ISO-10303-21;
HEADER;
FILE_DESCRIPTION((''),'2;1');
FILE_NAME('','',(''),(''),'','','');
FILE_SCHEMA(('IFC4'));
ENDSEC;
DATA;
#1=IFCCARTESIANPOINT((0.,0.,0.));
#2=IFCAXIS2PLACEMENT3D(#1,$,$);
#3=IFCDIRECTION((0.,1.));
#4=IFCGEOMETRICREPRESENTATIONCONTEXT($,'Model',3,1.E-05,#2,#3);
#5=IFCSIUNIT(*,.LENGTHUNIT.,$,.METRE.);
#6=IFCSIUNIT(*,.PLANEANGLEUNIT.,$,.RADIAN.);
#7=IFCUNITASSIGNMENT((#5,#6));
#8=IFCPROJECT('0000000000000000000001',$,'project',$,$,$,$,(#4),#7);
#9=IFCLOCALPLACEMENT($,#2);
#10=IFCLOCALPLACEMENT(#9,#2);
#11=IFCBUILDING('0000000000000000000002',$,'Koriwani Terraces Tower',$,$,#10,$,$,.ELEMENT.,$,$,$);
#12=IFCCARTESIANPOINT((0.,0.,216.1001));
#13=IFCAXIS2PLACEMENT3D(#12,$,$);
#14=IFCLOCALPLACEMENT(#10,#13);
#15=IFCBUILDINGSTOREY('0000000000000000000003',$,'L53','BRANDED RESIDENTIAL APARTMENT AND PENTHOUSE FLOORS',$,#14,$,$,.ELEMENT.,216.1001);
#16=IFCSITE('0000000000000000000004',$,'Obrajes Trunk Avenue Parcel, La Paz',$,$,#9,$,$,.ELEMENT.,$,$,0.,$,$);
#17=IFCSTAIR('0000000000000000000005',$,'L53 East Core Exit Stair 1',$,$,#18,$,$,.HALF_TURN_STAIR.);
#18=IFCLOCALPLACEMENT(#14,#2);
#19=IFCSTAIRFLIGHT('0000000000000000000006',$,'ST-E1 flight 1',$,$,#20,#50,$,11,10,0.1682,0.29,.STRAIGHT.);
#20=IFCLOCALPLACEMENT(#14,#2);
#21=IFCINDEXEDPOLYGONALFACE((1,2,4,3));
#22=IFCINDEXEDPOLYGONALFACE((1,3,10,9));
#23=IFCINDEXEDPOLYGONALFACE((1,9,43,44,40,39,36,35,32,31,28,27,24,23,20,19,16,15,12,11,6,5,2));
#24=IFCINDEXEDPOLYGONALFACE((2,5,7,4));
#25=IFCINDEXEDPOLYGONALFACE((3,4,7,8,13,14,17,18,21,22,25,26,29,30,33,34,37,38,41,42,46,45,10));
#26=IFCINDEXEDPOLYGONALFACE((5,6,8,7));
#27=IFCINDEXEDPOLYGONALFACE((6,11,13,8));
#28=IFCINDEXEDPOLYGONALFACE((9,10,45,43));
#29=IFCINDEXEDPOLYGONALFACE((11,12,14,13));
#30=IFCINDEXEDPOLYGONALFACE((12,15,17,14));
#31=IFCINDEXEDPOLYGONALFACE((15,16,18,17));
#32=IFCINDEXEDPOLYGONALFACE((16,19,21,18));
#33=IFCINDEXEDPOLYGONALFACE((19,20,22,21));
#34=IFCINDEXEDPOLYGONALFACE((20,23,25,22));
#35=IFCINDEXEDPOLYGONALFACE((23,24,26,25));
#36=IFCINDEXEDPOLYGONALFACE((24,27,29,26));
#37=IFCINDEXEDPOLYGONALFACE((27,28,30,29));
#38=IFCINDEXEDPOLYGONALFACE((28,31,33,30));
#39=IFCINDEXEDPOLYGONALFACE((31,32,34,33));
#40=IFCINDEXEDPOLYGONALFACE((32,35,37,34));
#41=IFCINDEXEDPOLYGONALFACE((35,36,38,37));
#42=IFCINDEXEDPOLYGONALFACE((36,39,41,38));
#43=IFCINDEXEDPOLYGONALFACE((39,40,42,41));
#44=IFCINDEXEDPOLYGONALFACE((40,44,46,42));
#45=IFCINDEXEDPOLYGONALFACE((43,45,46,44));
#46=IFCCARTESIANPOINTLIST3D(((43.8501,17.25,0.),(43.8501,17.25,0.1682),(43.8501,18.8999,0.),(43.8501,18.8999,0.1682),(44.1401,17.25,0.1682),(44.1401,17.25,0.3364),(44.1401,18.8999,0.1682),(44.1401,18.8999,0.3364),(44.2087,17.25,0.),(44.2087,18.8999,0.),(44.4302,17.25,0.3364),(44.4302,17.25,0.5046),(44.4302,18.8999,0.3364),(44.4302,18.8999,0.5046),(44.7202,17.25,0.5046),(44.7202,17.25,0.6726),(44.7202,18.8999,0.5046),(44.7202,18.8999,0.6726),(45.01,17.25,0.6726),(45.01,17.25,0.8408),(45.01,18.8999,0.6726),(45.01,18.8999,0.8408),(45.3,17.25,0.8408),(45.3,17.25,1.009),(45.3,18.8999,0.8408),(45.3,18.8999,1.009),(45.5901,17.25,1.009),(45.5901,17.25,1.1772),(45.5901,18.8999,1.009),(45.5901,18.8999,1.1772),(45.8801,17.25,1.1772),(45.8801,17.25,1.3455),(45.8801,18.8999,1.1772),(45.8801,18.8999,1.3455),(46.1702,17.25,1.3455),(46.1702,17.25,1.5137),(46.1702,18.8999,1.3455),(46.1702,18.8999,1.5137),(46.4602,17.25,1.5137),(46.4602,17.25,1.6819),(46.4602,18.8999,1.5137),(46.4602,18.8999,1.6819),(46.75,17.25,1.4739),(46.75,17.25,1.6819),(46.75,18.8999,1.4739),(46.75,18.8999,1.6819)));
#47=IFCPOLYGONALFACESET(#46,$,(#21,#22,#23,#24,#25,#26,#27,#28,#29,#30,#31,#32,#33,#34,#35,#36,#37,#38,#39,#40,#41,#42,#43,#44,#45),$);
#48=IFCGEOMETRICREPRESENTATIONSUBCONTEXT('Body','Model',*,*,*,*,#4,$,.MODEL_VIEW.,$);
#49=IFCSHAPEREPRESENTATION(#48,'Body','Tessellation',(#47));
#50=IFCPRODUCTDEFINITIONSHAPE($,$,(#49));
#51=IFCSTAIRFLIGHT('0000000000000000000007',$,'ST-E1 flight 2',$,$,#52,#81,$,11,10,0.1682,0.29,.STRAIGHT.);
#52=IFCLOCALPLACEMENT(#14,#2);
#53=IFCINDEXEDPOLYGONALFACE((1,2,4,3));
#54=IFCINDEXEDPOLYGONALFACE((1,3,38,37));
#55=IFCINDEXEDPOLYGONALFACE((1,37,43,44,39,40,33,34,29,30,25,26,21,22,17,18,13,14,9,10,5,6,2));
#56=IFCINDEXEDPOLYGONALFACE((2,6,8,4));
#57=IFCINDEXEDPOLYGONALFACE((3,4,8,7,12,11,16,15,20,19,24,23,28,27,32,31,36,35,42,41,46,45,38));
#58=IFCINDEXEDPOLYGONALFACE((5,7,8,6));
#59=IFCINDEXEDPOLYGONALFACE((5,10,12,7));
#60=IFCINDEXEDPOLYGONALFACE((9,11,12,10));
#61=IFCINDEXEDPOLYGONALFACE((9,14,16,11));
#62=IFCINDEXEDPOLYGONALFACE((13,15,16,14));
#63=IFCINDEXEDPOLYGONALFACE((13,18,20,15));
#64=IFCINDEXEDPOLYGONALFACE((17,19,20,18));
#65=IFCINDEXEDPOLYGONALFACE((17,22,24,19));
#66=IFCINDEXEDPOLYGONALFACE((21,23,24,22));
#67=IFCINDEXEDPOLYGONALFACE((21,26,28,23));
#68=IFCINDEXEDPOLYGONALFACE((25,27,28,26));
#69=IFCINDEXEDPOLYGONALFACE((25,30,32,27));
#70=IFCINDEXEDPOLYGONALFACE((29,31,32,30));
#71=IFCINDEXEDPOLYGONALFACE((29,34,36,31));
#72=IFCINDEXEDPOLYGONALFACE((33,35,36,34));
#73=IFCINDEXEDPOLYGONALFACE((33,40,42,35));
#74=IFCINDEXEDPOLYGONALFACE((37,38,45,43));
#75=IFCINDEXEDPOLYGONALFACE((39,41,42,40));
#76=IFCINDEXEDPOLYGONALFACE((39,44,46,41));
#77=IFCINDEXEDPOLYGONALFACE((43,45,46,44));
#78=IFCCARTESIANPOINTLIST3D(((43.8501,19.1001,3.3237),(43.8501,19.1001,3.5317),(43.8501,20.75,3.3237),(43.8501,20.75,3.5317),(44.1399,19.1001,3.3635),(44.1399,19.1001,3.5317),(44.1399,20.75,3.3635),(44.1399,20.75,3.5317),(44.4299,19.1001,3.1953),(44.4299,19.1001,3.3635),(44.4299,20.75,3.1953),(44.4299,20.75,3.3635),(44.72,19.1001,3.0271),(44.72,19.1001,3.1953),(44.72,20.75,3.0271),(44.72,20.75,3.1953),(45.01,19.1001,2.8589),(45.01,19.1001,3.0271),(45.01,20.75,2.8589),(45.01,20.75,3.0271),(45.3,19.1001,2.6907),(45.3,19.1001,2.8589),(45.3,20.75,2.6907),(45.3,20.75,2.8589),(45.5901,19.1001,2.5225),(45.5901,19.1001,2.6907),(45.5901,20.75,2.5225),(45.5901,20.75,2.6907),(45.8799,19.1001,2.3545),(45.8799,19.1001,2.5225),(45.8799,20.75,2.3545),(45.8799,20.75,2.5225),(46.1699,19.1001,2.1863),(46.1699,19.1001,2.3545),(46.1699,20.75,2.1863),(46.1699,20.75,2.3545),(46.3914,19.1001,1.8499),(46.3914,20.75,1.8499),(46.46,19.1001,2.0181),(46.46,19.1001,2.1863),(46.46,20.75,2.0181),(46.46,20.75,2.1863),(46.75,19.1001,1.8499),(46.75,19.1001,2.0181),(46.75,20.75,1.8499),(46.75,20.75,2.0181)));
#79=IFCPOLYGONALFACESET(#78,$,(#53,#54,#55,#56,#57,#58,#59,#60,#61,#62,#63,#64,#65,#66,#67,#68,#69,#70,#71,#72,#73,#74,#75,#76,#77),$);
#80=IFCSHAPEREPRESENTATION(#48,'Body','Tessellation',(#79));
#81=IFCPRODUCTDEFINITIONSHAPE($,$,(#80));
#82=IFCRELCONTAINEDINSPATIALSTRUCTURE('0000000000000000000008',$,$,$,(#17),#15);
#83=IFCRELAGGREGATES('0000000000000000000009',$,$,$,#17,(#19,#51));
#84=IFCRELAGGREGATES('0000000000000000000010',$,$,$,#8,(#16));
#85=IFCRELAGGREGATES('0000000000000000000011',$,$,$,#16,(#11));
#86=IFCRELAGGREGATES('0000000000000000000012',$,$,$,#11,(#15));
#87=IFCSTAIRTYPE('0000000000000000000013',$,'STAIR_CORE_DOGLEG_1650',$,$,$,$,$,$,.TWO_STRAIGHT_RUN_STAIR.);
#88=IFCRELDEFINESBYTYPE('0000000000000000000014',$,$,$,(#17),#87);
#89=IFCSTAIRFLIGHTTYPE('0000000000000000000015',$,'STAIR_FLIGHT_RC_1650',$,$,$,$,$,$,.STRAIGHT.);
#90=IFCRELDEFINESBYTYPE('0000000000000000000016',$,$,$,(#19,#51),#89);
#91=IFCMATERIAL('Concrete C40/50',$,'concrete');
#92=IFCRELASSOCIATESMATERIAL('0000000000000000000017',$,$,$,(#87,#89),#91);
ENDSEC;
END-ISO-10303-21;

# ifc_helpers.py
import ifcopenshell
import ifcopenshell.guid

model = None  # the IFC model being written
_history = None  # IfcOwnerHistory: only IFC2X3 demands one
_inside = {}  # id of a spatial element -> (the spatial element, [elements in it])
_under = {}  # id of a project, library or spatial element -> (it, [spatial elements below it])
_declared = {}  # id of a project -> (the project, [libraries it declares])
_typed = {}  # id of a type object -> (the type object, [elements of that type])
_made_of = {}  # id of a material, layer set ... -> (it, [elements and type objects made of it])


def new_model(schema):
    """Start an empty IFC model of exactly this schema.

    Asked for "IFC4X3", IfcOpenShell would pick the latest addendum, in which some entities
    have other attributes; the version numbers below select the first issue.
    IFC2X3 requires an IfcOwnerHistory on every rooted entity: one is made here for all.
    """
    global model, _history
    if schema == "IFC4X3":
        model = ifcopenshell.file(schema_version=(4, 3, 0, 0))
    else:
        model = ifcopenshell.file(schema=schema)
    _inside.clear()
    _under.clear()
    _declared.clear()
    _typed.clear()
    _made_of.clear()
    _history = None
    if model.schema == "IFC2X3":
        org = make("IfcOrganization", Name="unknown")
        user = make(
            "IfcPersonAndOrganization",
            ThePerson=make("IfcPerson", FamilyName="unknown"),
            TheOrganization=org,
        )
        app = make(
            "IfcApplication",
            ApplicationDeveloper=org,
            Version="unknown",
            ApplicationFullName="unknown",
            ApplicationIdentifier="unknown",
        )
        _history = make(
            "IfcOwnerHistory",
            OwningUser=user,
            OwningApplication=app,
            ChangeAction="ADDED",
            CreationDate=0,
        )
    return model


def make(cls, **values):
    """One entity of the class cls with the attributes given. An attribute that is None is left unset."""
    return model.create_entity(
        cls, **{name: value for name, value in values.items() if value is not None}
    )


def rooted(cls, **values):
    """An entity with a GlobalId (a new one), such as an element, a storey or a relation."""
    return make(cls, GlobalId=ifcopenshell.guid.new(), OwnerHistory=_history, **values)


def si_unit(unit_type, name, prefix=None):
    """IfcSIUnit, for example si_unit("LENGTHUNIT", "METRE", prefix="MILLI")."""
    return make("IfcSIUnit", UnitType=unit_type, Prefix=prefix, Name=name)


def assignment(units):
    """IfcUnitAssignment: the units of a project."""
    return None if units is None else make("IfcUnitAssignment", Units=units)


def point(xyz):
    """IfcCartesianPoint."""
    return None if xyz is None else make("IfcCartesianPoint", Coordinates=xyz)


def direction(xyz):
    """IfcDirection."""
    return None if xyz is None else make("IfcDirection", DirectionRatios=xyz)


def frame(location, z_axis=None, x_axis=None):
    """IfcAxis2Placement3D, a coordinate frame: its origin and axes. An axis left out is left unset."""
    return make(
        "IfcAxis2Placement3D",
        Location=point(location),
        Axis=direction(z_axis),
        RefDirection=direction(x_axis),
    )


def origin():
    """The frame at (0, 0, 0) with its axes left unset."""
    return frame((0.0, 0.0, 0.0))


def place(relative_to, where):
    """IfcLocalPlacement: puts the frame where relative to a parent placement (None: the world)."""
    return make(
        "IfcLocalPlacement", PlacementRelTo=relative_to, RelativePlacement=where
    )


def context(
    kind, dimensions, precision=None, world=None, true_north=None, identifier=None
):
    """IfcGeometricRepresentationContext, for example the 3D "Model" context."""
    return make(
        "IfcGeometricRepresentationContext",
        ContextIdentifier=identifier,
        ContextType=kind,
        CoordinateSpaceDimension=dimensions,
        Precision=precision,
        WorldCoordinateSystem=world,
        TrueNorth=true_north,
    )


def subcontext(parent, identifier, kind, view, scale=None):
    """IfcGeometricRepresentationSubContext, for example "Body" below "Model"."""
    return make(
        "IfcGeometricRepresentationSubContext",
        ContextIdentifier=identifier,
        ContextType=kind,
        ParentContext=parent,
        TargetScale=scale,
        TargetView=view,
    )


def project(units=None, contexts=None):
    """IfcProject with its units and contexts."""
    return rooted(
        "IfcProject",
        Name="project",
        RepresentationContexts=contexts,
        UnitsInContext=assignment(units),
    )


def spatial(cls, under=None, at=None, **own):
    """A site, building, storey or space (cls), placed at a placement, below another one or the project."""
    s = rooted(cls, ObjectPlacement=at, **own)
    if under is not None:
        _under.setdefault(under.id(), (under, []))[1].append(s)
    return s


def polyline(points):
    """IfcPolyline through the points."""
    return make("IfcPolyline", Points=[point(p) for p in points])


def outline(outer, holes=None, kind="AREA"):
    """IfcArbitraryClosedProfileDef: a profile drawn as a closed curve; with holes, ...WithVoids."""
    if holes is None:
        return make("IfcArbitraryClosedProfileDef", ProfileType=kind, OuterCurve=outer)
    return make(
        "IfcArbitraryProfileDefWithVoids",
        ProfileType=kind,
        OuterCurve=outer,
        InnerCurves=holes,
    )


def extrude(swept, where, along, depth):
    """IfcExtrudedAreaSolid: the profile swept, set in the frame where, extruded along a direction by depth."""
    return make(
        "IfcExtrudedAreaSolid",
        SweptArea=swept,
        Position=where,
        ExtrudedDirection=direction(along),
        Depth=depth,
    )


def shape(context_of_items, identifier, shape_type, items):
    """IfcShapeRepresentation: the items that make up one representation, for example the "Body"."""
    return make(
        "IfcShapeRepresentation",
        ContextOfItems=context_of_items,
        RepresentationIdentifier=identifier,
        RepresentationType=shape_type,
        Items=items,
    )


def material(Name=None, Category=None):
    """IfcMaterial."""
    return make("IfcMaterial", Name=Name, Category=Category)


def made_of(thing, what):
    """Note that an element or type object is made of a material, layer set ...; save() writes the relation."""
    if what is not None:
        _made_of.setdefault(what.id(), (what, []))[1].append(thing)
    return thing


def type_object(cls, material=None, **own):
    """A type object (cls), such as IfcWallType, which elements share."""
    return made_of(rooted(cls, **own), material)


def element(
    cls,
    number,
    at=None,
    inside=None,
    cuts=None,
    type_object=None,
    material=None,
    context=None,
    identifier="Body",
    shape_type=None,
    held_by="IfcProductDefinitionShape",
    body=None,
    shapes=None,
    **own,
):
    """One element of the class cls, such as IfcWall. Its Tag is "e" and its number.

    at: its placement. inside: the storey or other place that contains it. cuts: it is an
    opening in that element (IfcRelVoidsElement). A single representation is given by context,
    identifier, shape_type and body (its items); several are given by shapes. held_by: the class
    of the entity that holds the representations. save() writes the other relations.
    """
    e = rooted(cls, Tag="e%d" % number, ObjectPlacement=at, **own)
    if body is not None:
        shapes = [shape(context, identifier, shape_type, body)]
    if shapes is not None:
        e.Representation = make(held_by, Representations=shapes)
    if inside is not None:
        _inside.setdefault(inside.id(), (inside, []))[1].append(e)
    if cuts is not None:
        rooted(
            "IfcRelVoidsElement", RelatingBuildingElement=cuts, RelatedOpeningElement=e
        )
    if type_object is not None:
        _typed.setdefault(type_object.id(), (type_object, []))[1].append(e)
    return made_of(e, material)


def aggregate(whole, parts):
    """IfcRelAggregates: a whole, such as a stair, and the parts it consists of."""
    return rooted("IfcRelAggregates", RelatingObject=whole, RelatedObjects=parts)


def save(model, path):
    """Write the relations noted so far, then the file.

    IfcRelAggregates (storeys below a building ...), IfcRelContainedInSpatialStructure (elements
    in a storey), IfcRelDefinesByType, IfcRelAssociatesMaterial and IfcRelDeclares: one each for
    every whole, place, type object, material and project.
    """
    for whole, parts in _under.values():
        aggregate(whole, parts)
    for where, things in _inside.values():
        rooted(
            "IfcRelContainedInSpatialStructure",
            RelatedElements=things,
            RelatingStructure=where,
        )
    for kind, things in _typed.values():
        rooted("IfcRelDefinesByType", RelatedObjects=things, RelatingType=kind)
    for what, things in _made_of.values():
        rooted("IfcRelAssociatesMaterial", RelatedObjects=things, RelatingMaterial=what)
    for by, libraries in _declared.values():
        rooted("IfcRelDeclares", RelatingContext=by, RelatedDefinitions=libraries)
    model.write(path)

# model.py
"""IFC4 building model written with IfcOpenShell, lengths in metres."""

from ifc_helpers import new_model, si_unit, direction, frame, origin, place, context, subcontext, project, spatial, polyline, outline, extrude, material, type_object, element, aggregate, save


model = new_model("IFC4")

# Units and contexts
model_context = context("Model", 3, precision=1e-05, world=origin(), true_north=direction((0.0, 1.0)))
body_context = subcontext(model_context, "Body", "Model", "MODEL_VIEW")
ifc_project = project(units=[si_unit("LENGTHUNIT", "METRE"), si_unit("PLANEANGLEUNIT", "RADIAN")], contexts=[model_context])

# Site, building, storey
site_placement = place(None, origin())
site = spatial("IfcSite", under=ifc_project, at=site_placement, Name="Obrajes Trunk Avenue Parcel, La Paz", CompositionType="ELEMENT", RefElevation=0.0)
building_placement = place(site_placement, origin())
building = spatial("IfcBuilding", under=site, at=building_placement, Name="Koriwani Terraces Tower", CompositionType="ELEMENT")
storey_placement = place(building_placement, frame((0.0, 0.0, 216.1001)))
storey = spatial("IfcBuildingStorey", under=building, at=storey_placement, Name="L53", Description="BRANDED RESIDENTIAL APARTMENT AND PENTHOUSE FLOORS", CompositionType="ELEMENT", Elevation=216.1001)

# Shared definitions
ifc_material_1 = material(Name="Concrete C40/50", Category="concrete")

# Stair, stair flights
stair_type = type_object("IfcStairType", Name="STAIR_CORE_DOGLEG_1650", PredefinedType="TWO_STRAIGHT_RUN_STAIR", material=ifc_material_1)
stair_placement = place(storey_placement, origin())
stair = element("IfcStair", 1, at=stair_placement, inside=storey, type_object=stair_type, Name="L53 East Core Exit Stair 1", PredefinedType="HALF_TURN_STAIR")
stair_flight_type = type_object("IfcStairFlightType", Name="STAIR_FLIGHT_RC_1650", PredefinedType="STRAIGHT", material=ifc_material_1)
stair_flight_1_placement = place(storey_placement, frame((43.8501, 18.075, 0.0), z_axis=(0.0, 0.0, 1.0), x_axis=(1.0, 0.0, 0.0)))
stair_flight_1 = element("IfcStairFlight", 2, at=stair_flight_1_placement, type_object=stair_flight_type, Name="ST-E1 flight 1", NumberOfRisers=11, NumberOfTreads=10, PredefinedType="STRAIGHT", RiserHeight=0.1682, TreadLength=0.29, context=body_context, shape_type="SweptSolid", body=[
    extrude(outline(polyline([(0.0, 0.0), (0.0, 0.1682), (0.29, 0.1682), (0.29, 0.3364), (0.5801, 0.3364), (0.5801, 0.5046), (0.8701, 0.5046), (0.8701, 0.6726), (1.1599, 0.6726), (1.1599, 0.8408), (1.45, 0.8408), (1.45, 1.009), (1.74, 1.009), (1.74, 1.1772), (2.03, 1.1772), (2.03, 1.3455), (2.3201, 1.3455), (2.3201, 1.5137), (2.6101, 1.5137), (2.6101, 1.6819), (2.8999, 1.6819), (2.8999, 1.8501), (2.8999, 1.4739), (0.3586, 0.0), (0.0, 0.0)])), frame((0.0, 0.825, 0.0), z_axis=(0.0, -1.0, 0.0), x_axis=(1.0, 0.0, 0.0)), (0.0, 0.0, 1.0), 1.6499),
])
stair_flight_2_placement = place(storey_placement, frame((46.75, 19.925, 1.8499), z_axis=(0.0, 0.0, 1.0), x_axis=(-1.0, 0.0, 0.0)))
stair_flight_2 = element("IfcStairFlight", 3, at=stair_flight_2_placement, type_object=stair_flight_type, Name="ST-E1 flight 2", NumberOfRisers=11, NumberOfTreads=10, PredefinedType="STRAIGHT", RiserHeight=0.1682, TreadLength=0.29, context=body_context, shape_type="SweptSolid", body=[
    extrude(outline(polyline([(0.0, 0.0), (0.0, 0.1682), (0.29, 0.1682), (0.29, 0.3364), (0.5801, 0.3364), (0.5801, 0.5046), (0.8701, 0.5046), (0.8701, 0.6726), (1.1599, 0.6726), (1.1599, 0.8408), (1.45, 0.8408), (1.45, 1.009), (1.74, 1.009), (1.74, 1.1772), (2.03, 1.1772), (2.03, 1.3455), (2.3201, 1.3455), (2.3201, 1.5137), (2.6101, 1.5137), (2.6101, 1.6819), (2.8999, 1.6819), (2.8999, 1.8501), (2.8999, 1.4739), (0.3586, 0.0), (0.0, 0.0)])), frame((0.0, 0.825, 0.0), z_axis=(0.0, -1.0, 0.0), x_axis=(1.0, 0.0, 0.0)), (0.0, 0.0, 1.0), 1.6499),
])
aggregate(stair, [stair_flight_1, stair_flight_2])

save(model, "model.ifc")
